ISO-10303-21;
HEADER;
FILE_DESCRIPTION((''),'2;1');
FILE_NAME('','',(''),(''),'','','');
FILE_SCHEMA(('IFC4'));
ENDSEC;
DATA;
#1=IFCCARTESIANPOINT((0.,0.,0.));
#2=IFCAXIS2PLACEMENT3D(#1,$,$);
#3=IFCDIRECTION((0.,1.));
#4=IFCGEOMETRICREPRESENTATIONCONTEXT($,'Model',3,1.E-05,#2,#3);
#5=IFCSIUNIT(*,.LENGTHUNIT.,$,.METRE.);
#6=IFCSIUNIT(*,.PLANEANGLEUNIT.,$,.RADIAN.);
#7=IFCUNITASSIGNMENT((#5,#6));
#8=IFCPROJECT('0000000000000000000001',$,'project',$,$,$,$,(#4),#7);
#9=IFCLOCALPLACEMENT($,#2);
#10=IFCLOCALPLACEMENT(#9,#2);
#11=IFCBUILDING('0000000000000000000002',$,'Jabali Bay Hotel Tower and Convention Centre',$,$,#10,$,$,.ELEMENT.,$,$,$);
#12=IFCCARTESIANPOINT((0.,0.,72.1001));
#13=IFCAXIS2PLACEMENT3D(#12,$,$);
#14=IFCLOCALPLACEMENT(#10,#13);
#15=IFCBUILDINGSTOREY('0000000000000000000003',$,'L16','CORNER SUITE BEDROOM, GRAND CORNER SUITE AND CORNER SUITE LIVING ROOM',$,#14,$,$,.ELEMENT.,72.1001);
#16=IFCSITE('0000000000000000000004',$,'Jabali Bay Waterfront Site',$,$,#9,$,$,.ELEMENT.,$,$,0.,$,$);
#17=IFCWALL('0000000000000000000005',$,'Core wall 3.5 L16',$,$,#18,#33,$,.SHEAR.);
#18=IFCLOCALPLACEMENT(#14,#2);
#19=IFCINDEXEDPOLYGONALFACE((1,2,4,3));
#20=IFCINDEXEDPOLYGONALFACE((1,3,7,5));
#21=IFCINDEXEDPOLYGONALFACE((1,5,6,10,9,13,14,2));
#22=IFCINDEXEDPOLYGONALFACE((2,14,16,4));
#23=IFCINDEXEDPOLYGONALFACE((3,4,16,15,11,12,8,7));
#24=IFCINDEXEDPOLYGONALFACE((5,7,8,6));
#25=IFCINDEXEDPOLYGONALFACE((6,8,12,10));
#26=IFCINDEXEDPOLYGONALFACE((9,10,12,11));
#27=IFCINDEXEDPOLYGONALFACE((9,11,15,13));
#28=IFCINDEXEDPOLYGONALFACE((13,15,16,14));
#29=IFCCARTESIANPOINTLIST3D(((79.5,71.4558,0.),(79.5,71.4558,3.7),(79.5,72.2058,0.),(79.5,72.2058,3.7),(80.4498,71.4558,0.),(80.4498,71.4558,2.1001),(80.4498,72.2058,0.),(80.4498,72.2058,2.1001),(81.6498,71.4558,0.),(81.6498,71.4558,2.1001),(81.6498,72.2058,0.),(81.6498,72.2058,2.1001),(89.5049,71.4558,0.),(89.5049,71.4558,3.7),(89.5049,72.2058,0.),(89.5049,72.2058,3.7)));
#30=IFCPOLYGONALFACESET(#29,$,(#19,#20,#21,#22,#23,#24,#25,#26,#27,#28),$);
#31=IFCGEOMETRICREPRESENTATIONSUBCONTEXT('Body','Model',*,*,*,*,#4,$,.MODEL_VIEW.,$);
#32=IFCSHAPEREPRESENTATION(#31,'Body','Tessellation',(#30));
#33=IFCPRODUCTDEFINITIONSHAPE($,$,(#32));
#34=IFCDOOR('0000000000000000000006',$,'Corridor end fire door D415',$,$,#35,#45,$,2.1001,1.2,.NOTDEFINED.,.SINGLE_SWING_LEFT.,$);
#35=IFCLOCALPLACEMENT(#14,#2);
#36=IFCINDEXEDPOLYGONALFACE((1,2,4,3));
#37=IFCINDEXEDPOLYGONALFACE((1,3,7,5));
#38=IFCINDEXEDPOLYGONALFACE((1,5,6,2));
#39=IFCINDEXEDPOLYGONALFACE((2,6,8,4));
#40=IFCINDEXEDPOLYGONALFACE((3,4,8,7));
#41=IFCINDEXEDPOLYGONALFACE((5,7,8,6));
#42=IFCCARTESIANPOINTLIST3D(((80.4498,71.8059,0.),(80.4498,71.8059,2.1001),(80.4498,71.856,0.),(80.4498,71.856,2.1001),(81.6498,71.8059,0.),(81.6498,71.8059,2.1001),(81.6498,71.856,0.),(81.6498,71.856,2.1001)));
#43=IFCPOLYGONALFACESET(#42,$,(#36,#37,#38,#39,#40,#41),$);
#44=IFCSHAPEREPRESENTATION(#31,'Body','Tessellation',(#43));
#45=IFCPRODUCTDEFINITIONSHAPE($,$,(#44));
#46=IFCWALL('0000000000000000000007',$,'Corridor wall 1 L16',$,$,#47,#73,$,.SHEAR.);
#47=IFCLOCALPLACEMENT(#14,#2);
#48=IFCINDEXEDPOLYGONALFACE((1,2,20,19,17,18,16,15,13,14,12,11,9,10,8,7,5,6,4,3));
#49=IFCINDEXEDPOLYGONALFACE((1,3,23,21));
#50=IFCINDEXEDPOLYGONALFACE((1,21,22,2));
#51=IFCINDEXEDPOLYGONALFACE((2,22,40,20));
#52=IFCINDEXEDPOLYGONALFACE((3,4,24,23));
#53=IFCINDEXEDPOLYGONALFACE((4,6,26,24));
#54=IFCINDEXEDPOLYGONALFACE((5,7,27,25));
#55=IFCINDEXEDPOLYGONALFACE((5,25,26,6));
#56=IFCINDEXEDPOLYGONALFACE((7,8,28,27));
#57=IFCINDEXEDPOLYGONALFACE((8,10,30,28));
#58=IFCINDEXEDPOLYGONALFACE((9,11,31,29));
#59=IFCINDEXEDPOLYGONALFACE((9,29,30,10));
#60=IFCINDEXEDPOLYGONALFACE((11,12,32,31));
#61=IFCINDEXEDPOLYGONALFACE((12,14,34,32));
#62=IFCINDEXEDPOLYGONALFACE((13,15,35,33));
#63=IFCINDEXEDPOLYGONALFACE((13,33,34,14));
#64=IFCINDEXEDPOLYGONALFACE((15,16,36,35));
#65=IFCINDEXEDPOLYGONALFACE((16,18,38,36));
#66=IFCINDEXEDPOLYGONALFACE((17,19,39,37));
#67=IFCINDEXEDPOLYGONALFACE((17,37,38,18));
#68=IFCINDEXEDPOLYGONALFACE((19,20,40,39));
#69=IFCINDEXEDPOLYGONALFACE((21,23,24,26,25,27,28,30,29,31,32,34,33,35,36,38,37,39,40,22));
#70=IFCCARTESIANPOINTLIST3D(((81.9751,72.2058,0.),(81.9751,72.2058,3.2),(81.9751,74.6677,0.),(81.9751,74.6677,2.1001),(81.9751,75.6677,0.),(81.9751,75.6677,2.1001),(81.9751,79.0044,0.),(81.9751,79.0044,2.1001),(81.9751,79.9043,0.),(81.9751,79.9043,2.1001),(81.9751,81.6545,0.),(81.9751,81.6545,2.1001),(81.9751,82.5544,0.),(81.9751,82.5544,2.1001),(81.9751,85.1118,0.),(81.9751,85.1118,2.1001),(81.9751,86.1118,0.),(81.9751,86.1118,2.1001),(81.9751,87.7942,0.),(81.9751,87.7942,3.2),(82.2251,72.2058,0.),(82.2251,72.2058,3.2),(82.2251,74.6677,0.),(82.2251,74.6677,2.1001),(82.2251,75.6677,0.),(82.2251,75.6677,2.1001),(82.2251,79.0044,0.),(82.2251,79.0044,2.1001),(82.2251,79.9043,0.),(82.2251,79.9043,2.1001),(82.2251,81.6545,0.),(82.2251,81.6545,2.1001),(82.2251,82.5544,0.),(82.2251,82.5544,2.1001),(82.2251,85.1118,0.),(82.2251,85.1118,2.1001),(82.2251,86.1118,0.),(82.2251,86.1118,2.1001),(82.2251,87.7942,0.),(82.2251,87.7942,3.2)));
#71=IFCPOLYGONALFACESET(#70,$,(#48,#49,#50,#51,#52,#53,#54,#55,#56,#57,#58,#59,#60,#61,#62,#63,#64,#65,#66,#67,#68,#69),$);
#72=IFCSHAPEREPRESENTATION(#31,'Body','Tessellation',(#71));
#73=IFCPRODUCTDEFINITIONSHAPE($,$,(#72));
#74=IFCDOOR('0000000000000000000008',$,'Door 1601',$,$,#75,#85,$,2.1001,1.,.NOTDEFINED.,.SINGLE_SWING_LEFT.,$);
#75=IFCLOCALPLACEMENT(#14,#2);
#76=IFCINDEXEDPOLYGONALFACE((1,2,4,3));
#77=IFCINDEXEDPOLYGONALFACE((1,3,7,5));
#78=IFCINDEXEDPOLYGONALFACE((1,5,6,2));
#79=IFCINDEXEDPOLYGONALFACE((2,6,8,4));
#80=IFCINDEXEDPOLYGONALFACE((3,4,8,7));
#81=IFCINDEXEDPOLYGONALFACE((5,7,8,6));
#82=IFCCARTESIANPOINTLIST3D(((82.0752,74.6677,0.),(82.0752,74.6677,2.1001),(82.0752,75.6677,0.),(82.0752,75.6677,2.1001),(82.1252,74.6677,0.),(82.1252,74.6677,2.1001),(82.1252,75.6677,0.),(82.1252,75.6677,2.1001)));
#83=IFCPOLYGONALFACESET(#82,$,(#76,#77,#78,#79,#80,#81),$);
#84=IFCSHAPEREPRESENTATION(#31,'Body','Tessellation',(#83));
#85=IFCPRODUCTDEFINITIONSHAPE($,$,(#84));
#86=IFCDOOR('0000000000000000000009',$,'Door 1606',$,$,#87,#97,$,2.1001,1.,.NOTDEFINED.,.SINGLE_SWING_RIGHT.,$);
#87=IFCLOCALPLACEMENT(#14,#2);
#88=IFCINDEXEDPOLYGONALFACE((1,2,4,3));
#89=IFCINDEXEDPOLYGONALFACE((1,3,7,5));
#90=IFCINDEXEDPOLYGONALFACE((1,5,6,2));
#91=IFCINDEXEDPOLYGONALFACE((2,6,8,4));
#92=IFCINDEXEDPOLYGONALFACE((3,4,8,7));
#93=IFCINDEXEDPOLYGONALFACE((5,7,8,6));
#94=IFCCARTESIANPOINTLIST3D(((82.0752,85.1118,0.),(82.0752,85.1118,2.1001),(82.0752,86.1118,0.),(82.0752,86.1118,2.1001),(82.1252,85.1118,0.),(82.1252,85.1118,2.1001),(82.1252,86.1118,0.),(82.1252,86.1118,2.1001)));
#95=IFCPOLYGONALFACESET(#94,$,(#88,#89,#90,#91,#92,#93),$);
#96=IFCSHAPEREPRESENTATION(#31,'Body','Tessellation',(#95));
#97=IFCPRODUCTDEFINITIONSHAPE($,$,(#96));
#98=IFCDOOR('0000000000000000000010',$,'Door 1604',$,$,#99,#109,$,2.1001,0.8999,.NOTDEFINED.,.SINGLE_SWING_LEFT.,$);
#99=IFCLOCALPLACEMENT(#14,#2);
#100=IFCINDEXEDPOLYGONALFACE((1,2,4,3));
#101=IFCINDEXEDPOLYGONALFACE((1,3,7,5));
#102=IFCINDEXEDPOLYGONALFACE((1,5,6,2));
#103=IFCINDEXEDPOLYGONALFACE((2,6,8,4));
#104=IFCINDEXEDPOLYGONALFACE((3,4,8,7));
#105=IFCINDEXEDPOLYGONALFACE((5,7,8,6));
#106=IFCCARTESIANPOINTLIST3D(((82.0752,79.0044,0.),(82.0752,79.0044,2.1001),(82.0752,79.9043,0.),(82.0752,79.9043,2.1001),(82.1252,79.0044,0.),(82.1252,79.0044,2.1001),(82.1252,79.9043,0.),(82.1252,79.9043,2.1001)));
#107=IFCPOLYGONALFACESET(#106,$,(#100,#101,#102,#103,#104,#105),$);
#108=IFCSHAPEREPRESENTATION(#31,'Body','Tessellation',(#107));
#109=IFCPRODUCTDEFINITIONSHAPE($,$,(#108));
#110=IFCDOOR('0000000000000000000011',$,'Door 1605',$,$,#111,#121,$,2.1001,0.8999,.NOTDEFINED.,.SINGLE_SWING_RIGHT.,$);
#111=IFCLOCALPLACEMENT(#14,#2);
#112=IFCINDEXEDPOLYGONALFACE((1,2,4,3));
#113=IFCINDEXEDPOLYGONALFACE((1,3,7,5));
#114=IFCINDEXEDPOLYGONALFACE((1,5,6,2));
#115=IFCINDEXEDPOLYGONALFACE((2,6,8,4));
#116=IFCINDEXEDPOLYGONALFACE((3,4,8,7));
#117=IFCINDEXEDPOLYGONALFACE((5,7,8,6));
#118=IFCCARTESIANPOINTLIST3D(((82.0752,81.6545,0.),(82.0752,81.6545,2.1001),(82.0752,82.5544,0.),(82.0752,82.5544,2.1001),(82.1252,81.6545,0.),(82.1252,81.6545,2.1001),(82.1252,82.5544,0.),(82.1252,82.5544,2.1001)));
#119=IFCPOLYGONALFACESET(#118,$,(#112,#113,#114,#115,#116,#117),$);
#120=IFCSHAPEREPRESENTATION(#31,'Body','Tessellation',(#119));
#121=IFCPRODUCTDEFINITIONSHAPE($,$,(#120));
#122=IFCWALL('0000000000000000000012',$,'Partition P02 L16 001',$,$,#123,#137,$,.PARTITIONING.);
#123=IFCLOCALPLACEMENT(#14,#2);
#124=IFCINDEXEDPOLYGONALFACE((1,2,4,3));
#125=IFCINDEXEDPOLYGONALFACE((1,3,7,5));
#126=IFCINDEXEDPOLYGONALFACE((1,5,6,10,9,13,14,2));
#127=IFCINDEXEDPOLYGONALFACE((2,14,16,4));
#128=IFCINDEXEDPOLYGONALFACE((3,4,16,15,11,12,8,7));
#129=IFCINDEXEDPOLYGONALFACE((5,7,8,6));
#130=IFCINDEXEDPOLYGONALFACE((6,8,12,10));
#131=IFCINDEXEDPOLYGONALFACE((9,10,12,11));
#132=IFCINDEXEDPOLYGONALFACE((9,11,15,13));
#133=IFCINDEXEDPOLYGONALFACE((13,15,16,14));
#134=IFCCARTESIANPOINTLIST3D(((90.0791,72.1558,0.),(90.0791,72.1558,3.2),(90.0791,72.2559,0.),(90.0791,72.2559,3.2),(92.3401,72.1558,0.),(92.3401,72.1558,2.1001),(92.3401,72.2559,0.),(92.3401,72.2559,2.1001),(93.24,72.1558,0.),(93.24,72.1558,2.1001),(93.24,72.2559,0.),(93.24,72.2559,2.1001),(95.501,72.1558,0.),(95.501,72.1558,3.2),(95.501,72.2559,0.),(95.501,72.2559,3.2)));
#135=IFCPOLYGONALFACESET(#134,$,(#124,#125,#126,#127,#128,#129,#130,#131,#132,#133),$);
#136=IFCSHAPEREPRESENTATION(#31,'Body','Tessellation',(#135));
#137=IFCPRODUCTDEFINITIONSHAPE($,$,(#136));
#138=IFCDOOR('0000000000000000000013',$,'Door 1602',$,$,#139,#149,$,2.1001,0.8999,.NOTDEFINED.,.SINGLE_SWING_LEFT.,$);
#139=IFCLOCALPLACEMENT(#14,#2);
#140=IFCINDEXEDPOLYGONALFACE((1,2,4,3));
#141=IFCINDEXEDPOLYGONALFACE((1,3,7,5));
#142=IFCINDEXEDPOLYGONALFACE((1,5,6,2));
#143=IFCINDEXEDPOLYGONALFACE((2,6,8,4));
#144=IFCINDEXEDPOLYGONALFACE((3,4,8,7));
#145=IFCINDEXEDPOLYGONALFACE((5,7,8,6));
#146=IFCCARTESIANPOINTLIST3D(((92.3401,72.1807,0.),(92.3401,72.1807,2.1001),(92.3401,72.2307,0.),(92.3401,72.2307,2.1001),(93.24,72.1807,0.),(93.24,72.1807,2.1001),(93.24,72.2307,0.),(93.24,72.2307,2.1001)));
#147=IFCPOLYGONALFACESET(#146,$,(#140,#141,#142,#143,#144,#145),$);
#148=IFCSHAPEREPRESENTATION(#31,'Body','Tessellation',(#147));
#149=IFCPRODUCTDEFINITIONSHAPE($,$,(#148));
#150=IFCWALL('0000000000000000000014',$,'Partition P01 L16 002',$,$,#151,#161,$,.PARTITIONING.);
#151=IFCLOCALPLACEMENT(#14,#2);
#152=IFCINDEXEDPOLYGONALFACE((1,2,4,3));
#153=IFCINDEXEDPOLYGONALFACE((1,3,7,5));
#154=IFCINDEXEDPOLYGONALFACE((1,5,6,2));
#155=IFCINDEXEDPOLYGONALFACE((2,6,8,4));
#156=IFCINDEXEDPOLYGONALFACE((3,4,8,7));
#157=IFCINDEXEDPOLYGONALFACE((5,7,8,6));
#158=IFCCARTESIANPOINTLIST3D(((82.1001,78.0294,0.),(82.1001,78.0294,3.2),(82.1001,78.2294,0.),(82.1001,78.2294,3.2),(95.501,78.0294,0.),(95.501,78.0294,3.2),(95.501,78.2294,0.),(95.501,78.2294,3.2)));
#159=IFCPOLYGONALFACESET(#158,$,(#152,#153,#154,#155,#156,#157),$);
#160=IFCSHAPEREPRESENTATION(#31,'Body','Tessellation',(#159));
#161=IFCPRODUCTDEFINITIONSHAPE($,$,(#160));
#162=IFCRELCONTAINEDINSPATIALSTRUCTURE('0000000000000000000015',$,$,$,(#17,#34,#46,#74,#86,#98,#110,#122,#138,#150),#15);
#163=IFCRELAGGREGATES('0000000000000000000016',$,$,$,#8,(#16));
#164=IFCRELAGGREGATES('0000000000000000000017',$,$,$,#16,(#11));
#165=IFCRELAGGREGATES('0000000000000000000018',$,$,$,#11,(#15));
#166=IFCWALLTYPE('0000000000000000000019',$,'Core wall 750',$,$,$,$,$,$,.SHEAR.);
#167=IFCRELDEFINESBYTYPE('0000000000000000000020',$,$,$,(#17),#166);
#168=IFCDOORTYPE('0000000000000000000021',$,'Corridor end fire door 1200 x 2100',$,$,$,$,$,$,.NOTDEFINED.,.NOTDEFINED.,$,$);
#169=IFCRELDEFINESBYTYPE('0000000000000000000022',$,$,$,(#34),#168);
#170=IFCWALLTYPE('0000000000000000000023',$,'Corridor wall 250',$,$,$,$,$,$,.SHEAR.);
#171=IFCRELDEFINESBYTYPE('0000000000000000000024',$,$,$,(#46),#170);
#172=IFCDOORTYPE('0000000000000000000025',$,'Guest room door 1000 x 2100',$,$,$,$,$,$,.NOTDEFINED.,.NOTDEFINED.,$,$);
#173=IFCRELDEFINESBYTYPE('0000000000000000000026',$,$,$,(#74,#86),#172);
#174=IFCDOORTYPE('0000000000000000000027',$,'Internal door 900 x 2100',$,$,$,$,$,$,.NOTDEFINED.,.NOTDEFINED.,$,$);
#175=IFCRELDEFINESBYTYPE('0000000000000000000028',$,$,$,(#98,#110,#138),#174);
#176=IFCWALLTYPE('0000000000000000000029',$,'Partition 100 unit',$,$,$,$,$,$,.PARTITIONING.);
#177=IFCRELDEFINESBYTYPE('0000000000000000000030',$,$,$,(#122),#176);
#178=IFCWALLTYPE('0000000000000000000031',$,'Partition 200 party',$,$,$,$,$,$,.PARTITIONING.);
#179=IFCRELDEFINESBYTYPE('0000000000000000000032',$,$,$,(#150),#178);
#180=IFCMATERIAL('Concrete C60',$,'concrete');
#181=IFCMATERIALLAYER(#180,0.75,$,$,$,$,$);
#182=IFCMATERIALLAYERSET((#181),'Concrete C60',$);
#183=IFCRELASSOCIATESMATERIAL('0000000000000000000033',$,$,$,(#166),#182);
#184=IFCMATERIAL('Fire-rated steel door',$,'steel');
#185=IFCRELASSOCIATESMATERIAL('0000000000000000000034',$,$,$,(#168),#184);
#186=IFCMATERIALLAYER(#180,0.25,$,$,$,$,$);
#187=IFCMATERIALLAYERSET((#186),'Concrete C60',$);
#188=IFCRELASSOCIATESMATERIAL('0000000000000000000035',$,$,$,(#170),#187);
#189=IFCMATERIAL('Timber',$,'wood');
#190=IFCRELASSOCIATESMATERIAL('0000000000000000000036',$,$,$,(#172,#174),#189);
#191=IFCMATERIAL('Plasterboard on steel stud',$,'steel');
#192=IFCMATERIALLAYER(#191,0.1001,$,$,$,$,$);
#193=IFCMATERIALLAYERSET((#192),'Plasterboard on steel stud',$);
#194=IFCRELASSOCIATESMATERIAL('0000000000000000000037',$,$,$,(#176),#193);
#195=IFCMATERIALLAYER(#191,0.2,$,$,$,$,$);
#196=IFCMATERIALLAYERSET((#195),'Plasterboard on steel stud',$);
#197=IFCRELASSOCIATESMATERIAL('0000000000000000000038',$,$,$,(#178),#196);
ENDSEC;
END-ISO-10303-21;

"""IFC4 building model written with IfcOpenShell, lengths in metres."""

from ifc_helpers import new_model, si_unit, direction, frame, frame_2d, origin, place, context, subcontext, project, spatial, rectangle, extrude, material, layer, layer_set, type_object, element, fill, save


model = new_model("IFC4")

# Units and contexts
model_context = context("Model", 3, precision=1e-05, world=origin(), true_north=direction((0.0, 1.0)))
body_context = subcontext(model_context, "Body", "Model", "MODEL_VIEW")
ifc_project = project(units=[si_unit("LENGTHUNIT", "METRE"), si_unit("PLANEANGLEUNIT", "RADIAN")], contexts=[model_context])

# Site, building, storey
site_placement = place(None, origin())
site = spatial("IfcSite", under=ifc_project, at=site_placement, Name="Jabali Bay Waterfront Site", CompositionType="ELEMENT", RefElevation=0.0)
building_placement = place(site_placement, origin())
building = spatial("IfcBuilding", under=site, at=building_placement, Name="Jabali Bay Hotel Tower and Convention Centre", CompositionType="ELEMENT")
storey_placement = place(building_placement, frame((0.0, 0.0, 72.1001)))
storey = spatial("IfcBuildingStorey", under=building, at=storey_placement, Name="L16", Description="CORNER SUITE BEDROOM, GRAND CORNER SUITE AND CORNER SUITE LIVING ROOM", CompositionType="ELEMENT", Elevation=72.1001)

# Shared definitions
ifc_material_1 = material(Name="Concrete C60", Category="concrete")

# Shared definitions
ifc_material_2 = material(Name="Fire-rated steel door", Category="steel")

# Wall, opening, door
ifc_layer_1 = layer(ifc_material_1, 0.75)
ifc_layer_set_1 = layer_set([ifc_layer_1], Name="Concrete C60")
wall_type_1 = type_object("IfcWallType", Name="Core wall 750", PredefinedType="SHEAR", material=ifc_layer_set_1)
door_type_1 = type_object("IfcDoorType", Name="Corridor end fire door 1200 x 2100", OperationType="NOTDEFINED", PredefinedType="NOTDEFINED", material=ifc_material_2)
wall_1_placement = place(storey_placement, frame((89.5049, 71.8308, 0.0), z_axis=(0.0, 0.0, 1.0), x_axis=(-1.0, 0.0, 0.0)))
wall_1 = element("IfcWall", 1, at=wall_1_placement, inside=storey, type_object=wall_type_1, Name="Core wall 3.5 L16", PredefinedType="SHEAR", context=body_context, shape_type="SweptSolid", body=[
    extrude(rectangle(XDim=10.0049, YDim=0.75, at=frame_2d((5.0024, 0.0))), origin(), (0.0, 0.0, 1.0), 3.7),
])
opening_1_placement = place(wall_1_placement, frame((7.855, 0.0, 0.0)))
opening_1 = element("IfcOpeningElement", 2, at=opening_1_placement, cuts=wall_1, PredefinedType="OPENING", context=body_context, shape_type="SweptSolid", body=[
    extrude(rectangle(XDim=1.2, YDim=2.1001, at=frame_2d((0.6001, 1.05))), frame((0.0, 0.3855, 0.0), z_axis=(0.0, -1.0, 0.0), x_axis=(1.0, 0.0, 0.0)), (0.0, 0.0, 1.0), 0.771),
])
door_1_placement = place(opening_1_placement, origin())
door_1 = element("IfcDoor", 3, at=door_1_placement, inside=storey, type_object=door_type_1, Name="Corridor end fire door D415", OperationType="SINGLE_SWING_LEFT", OverallHeight=2.1001, OverallWidth=1.2, PredefinedType="NOTDEFINED", context=body_context, shape_type="SweptSolid", body=[
    extrude(rectangle(XDim=1.2, YDim=2.1001, at=frame_2d((0.6001, 1.05))), frame((0.0, 0.0249, 0.0), z_axis=(0.0, -1.0, 0.0), x_axis=(1.0, 0.0, 0.0)), (0.0, 0.0, 1.0), 0.05),
])
fill(opening_1, door_1)

# Wall, openings, doors
ifc_layer_2 = layer(ifc_material_1, 0.25)
ifc_layer_set_2 = layer_set([ifc_layer_2], Name="Concrete C60")
wall_type_2 = type_object("IfcWallType", Name="Corridor wall 250", PredefinedType="SHEAR", material=ifc_layer_set_2)
wall_2_placement = place(storey_placement, frame((82.1001, 72.2058, 0.0), z_axis=(0.0, 0.0, 1.0), x_axis=(0.0, 1.0, 0.0)))
wall_2 = element("IfcWall", 4, at=wall_2_placement, inside=storey, type_object=wall_type_2, Name="Corridor wall 1 L16", PredefinedType="SHEAR", context=body_context, shape_type="SweptSolid", body=[
    extrude(rectangle(XDim=15.5884, YDim=0.25, at=frame_2d((7.7942, 0.0))), origin(), (0.0, 0.0, 1.0), 3.2),
])
opening_2_placement = place(wall_2_placement, frame((2.4619, 0.0, 0.0)))
opening_2 = element("IfcOpeningElement", 5, at=opening_2_placement, cuts=wall_2, PredefinedType="OPENING", context=body_context, shape_type="SweptSolid", body=[
    extrude(rectangle(XDim=1.0, YDim=2.1001, at=frame_2d((0.5, 1.05))), frame((0.0, 0.1355, 0.0), z_axis=(0.0, -1.0, 0.0), x_axis=(1.0, 0.0, 0.0)), (0.0, 0.0, 1.0), 0.271),
])
opening_3_placement = place(wall_2_placement, frame((6.7986, 0.0, 0.0)))
opening_3 = element("IfcOpeningElement", 6, at=opening_3_placement, cuts=wall_2, PredefinedType="OPENING", context=body_context, shape_type="SweptSolid", body=[
    extrude(rectangle(XDim=0.8999, YDim=2.1001, at=frame_2d((0.45, 1.05))), frame((0.0, 0.1355, 0.0), z_axis=(0.0, -1.0, 0.0), x_axis=(1.0, 0.0, 0.0)), (0.0, 0.0, 1.0), 0.271),
])
opening_4_placement = place(wall_2_placement, frame((9.4487, 0.0, 0.0)))
opening_4 = element("IfcOpeningElement", 7, at=opening_4_placement, cuts=wall_2, PredefinedType="OPENING", context=body_context, shape_type="SweptSolid", body=[
    extrude(rectangle(XDim=0.8999, YDim=2.1001, at=frame_2d((0.45, 1.05))), frame((0.0, 0.1355, 0.0), z_axis=(0.0, -1.0, 0.0), x_axis=(1.0, 0.0, 0.0)), (0.0, 0.0, 1.0), 0.271),
])
opening_5_placement = place(wall_2_placement, frame((12.906, 0.0, 0.0)))
opening_5 = element("IfcOpeningElement", 8, at=opening_5_placement, cuts=wall_2, PredefinedType="OPENING", context=body_context, shape_type="SweptSolid", body=[
    extrude(rectangle(XDim=1.0, YDim=2.1001, at=frame_2d((0.5, 1.05))), frame((0.0, 0.1355, 0.0), z_axis=(0.0, -1.0, 0.0), x_axis=(1.0, 0.0, 0.0)), (0.0, 0.0, 1.0), 0.271),
])
ifc_material_3 = material(Name="Timber", Category="wood")
door_type_2 = type_object("IfcDoorType", Name="Guest room door 1000 x 2100", OperationType="NOTDEFINED", PredefinedType="NOTDEFINED", material=ifc_material_3)
door_2_placement = place(opening_2_placement, origin())
door_2 = element("IfcDoor", 9, at=door_2_placement, inside=storey, type_object=door_type_2, Name="Door 1601", OperationType="SINGLE_SWING_LEFT", OverallHeight=2.1001, OverallWidth=1.0, PredefinedType="NOTDEFINED", context=body_context, shape_type="SweptSolid", body=[
    extrude(rectangle(XDim=1.0, YDim=2.1001, at=frame_2d((0.5, 1.05))), frame((0.0, 0.0249, 0.0), z_axis=(0.0, -1.0, 0.0), x_axis=(1.0, 0.0, 0.0)), (0.0, 0.0, 1.0), 0.05),
])
fill(opening_2, door_2)
door_3_placement = place(opening_5_placement, origin())
door_3 = element("IfcDoor", 10, at=door_3_placement, inside=storey, type_object=door_type_2, Name="Door 1606", OperationType="SINGLE_SWING_RIGHT", OverallHeight=2.1001, OverallWidth=1.0, PredefinedType="NOTDEFINED", context=body_context, shape_type="SweptSolid", body=[
    extrude(rectangle(XDim=1.0, YDim=2.1001, at=frame_2d((0.5, 1.05))), frame((0.0, 0.0249, 0.0), z_axis=(0.0, -1.0, 0.0), x_axis=(1.0, 0.0, 0.0)), (0.0, 0.0, 1.0), 0.05),
])
fill(opening_5, door_3)
door_type_3 = type_object("IfcDoorType", Name="Internal door 900 x 2100", OperationType="NOTDEFINED", PredefinedType="NOTDEFINED", material=ifc_material_3)
door_4_placement = place(opening_3_placement, origin())
door_4 = element("IfcDoor", 11, at=door_4_placement, inside=storey, type_object=door_type_3, Name="Door 1604", OperationType="SINGLE_SWING_LEFT", OverallHeight=2.1001, OverallWidth=0.8999, PredefinedType="NOTDEFINED", context=body_context, shape_type="SweptSolid", body=[
    extrude(rectangle(XDim=0.8999, YDim=2.1001, at=frame_2d((0.45, 1.05))), frame((0.0, 0.0249, 0.0), z_axis=(0.0, -1.0, 0.0), x_axis=(1.0, 0.0, 0.0)), (0.0, 0.0, 1.0), 0.05),
])
fill(opening_3, door_4)
door_5_placement = place(opening_4_placement, origin())
door_5 = element("IfcDoor", 12, at=door_5_placement, inside=storey, type_object=door_type_3, Name="Door 1605", OperationType="SINGLE_SWING_RIGHT", OverallHeight=2.1001, OverallWidth=0.8999, PredefinedType="NOTDEFINED", context=body_context, shape_type="SweptSolid", body=[
    extrude(rectangle(XDim=0.8999, YDim=2.1001, at=frame_2d((0.45, 1.05))), frame((0.0, 0.0249, 0.0), z_axis=(0.0, -1.0, 0.0), x_axis=(1.0, 0.0, 0.0)), (0.0, 0.0, 1.0), 0.05),
])
fill(opening_4, door_5)

# Wall, opening, door
ifc_material_4 = material(Name="Plasterboard on steel stud", Category="steel")
ifc_layer_3 = layer(ifc_material_4, 0.1001)
ifc_layer_set_3 = layer_set([ifc_layer_3], Name="Plasterboard on steel stud")
wall_type_3 = type_object("IfcWallType", Name="Partition 100 unit", PredefinedType="PARTITIONING", material=ifc_layer_set_3)
wall_3_placement = place(storey_placement, frame((90.0791, 72.2058, 0.0), z_axis=(0.0, 0.0, 1.0), x_axis=(1.0, 0.0, 0.0)))
wall_3 = element("IfcWall", 13, at=wall_3_placement, inside=storey, type_object=wall_type_3, Name="Partition P02 L16 001", PredefinedType="PARTITIONING", context=body_context, shape_type="SweptSolid", body=[
    extrude(rectangle(XDim=5.4219, YDim=0.1001, at=frame_2d((2.7109, 0.0))), origin(), (0.0, 0.0, 1.0), 3.2),
])
opening_6_placement = place(wall_3_placement, frame((2.261, 0.0, 0.0)))
opening_6 = element("IfcOpeningElement", 14, at=opening_6_placement, cuts=wall_3, PredefinedType="OPENING", context=body_context, shape_type="SweptSolid", body=[
    extrude(rectangle(XDim=0.8999, YDim=2.1001, at=frame_2d((0.45, 1.05))), frame((0.0, 0.0605, 0.0), z_axis=(0.0, -1.0, 0.0), x_axis=(1.0, 0.0, 0.0)), (0.0, 0.0, 1.0), 0.1211),
])
door_6_placement = place(opening_6_placement, origin())
door_6 = element("IfcDoor", 15, at=door_6_placement, inside=storey, type_object=door_type_3, Name="Door 1602", OperationType="SINGLE_SWING_LEFT", OverallHeight=2.1001, OverallWidth=0.8999, PredefinedType="NOTDEFINED", context=body_context, shape_type="SweptSolid", body=[
    extrude(rectangle(XDim=0.8999, YDim=2.1001, at=frame_2d((0.45, 1.05))), frame((0.0, 0.0249, 0.0), z_axis=(0.0, -1.0, 0.0), x_axis=(1.0, 0.0, 0.0)), (0.0, 0.0, 1.0), 0.05),
])
fill(opening_6, door_6)

# Wall
ifc_layer_4 = layer(ifc_material_4, 0.2)
ifc_layer_set_4 = layer_set([ifc_layer_4], Name="Plasterboard on steel stud")
wall_type_4 = type_object("IfcWallType", Name="Partition 200 party", PredefinedType="PARTITIONING", material=ifc_layer_set_4)
wall_4_placement = place(storey_placement, frame((95.501, 78.1294, 0.0), z_axis=(0.0, 0.0, 1.0), x_axis=(-1.0, 0.0, 0.0)))
element("IfcWall", 16, at=wall_4_placement, inside=storey, type_object=wall_type_4, Name="Partition P01 L16 002", PredefinedType="PARTITIONING", context=body_context, shape_type="SweptSolid", body=[
    extrude(rectangle(XDim=13.4009, YDim=0.2, at=frame_2d((6.7004, 0.0))), origin(), (0.0, 0.0, 1.0), 3.2),
])

save(model, "model.ifc")
